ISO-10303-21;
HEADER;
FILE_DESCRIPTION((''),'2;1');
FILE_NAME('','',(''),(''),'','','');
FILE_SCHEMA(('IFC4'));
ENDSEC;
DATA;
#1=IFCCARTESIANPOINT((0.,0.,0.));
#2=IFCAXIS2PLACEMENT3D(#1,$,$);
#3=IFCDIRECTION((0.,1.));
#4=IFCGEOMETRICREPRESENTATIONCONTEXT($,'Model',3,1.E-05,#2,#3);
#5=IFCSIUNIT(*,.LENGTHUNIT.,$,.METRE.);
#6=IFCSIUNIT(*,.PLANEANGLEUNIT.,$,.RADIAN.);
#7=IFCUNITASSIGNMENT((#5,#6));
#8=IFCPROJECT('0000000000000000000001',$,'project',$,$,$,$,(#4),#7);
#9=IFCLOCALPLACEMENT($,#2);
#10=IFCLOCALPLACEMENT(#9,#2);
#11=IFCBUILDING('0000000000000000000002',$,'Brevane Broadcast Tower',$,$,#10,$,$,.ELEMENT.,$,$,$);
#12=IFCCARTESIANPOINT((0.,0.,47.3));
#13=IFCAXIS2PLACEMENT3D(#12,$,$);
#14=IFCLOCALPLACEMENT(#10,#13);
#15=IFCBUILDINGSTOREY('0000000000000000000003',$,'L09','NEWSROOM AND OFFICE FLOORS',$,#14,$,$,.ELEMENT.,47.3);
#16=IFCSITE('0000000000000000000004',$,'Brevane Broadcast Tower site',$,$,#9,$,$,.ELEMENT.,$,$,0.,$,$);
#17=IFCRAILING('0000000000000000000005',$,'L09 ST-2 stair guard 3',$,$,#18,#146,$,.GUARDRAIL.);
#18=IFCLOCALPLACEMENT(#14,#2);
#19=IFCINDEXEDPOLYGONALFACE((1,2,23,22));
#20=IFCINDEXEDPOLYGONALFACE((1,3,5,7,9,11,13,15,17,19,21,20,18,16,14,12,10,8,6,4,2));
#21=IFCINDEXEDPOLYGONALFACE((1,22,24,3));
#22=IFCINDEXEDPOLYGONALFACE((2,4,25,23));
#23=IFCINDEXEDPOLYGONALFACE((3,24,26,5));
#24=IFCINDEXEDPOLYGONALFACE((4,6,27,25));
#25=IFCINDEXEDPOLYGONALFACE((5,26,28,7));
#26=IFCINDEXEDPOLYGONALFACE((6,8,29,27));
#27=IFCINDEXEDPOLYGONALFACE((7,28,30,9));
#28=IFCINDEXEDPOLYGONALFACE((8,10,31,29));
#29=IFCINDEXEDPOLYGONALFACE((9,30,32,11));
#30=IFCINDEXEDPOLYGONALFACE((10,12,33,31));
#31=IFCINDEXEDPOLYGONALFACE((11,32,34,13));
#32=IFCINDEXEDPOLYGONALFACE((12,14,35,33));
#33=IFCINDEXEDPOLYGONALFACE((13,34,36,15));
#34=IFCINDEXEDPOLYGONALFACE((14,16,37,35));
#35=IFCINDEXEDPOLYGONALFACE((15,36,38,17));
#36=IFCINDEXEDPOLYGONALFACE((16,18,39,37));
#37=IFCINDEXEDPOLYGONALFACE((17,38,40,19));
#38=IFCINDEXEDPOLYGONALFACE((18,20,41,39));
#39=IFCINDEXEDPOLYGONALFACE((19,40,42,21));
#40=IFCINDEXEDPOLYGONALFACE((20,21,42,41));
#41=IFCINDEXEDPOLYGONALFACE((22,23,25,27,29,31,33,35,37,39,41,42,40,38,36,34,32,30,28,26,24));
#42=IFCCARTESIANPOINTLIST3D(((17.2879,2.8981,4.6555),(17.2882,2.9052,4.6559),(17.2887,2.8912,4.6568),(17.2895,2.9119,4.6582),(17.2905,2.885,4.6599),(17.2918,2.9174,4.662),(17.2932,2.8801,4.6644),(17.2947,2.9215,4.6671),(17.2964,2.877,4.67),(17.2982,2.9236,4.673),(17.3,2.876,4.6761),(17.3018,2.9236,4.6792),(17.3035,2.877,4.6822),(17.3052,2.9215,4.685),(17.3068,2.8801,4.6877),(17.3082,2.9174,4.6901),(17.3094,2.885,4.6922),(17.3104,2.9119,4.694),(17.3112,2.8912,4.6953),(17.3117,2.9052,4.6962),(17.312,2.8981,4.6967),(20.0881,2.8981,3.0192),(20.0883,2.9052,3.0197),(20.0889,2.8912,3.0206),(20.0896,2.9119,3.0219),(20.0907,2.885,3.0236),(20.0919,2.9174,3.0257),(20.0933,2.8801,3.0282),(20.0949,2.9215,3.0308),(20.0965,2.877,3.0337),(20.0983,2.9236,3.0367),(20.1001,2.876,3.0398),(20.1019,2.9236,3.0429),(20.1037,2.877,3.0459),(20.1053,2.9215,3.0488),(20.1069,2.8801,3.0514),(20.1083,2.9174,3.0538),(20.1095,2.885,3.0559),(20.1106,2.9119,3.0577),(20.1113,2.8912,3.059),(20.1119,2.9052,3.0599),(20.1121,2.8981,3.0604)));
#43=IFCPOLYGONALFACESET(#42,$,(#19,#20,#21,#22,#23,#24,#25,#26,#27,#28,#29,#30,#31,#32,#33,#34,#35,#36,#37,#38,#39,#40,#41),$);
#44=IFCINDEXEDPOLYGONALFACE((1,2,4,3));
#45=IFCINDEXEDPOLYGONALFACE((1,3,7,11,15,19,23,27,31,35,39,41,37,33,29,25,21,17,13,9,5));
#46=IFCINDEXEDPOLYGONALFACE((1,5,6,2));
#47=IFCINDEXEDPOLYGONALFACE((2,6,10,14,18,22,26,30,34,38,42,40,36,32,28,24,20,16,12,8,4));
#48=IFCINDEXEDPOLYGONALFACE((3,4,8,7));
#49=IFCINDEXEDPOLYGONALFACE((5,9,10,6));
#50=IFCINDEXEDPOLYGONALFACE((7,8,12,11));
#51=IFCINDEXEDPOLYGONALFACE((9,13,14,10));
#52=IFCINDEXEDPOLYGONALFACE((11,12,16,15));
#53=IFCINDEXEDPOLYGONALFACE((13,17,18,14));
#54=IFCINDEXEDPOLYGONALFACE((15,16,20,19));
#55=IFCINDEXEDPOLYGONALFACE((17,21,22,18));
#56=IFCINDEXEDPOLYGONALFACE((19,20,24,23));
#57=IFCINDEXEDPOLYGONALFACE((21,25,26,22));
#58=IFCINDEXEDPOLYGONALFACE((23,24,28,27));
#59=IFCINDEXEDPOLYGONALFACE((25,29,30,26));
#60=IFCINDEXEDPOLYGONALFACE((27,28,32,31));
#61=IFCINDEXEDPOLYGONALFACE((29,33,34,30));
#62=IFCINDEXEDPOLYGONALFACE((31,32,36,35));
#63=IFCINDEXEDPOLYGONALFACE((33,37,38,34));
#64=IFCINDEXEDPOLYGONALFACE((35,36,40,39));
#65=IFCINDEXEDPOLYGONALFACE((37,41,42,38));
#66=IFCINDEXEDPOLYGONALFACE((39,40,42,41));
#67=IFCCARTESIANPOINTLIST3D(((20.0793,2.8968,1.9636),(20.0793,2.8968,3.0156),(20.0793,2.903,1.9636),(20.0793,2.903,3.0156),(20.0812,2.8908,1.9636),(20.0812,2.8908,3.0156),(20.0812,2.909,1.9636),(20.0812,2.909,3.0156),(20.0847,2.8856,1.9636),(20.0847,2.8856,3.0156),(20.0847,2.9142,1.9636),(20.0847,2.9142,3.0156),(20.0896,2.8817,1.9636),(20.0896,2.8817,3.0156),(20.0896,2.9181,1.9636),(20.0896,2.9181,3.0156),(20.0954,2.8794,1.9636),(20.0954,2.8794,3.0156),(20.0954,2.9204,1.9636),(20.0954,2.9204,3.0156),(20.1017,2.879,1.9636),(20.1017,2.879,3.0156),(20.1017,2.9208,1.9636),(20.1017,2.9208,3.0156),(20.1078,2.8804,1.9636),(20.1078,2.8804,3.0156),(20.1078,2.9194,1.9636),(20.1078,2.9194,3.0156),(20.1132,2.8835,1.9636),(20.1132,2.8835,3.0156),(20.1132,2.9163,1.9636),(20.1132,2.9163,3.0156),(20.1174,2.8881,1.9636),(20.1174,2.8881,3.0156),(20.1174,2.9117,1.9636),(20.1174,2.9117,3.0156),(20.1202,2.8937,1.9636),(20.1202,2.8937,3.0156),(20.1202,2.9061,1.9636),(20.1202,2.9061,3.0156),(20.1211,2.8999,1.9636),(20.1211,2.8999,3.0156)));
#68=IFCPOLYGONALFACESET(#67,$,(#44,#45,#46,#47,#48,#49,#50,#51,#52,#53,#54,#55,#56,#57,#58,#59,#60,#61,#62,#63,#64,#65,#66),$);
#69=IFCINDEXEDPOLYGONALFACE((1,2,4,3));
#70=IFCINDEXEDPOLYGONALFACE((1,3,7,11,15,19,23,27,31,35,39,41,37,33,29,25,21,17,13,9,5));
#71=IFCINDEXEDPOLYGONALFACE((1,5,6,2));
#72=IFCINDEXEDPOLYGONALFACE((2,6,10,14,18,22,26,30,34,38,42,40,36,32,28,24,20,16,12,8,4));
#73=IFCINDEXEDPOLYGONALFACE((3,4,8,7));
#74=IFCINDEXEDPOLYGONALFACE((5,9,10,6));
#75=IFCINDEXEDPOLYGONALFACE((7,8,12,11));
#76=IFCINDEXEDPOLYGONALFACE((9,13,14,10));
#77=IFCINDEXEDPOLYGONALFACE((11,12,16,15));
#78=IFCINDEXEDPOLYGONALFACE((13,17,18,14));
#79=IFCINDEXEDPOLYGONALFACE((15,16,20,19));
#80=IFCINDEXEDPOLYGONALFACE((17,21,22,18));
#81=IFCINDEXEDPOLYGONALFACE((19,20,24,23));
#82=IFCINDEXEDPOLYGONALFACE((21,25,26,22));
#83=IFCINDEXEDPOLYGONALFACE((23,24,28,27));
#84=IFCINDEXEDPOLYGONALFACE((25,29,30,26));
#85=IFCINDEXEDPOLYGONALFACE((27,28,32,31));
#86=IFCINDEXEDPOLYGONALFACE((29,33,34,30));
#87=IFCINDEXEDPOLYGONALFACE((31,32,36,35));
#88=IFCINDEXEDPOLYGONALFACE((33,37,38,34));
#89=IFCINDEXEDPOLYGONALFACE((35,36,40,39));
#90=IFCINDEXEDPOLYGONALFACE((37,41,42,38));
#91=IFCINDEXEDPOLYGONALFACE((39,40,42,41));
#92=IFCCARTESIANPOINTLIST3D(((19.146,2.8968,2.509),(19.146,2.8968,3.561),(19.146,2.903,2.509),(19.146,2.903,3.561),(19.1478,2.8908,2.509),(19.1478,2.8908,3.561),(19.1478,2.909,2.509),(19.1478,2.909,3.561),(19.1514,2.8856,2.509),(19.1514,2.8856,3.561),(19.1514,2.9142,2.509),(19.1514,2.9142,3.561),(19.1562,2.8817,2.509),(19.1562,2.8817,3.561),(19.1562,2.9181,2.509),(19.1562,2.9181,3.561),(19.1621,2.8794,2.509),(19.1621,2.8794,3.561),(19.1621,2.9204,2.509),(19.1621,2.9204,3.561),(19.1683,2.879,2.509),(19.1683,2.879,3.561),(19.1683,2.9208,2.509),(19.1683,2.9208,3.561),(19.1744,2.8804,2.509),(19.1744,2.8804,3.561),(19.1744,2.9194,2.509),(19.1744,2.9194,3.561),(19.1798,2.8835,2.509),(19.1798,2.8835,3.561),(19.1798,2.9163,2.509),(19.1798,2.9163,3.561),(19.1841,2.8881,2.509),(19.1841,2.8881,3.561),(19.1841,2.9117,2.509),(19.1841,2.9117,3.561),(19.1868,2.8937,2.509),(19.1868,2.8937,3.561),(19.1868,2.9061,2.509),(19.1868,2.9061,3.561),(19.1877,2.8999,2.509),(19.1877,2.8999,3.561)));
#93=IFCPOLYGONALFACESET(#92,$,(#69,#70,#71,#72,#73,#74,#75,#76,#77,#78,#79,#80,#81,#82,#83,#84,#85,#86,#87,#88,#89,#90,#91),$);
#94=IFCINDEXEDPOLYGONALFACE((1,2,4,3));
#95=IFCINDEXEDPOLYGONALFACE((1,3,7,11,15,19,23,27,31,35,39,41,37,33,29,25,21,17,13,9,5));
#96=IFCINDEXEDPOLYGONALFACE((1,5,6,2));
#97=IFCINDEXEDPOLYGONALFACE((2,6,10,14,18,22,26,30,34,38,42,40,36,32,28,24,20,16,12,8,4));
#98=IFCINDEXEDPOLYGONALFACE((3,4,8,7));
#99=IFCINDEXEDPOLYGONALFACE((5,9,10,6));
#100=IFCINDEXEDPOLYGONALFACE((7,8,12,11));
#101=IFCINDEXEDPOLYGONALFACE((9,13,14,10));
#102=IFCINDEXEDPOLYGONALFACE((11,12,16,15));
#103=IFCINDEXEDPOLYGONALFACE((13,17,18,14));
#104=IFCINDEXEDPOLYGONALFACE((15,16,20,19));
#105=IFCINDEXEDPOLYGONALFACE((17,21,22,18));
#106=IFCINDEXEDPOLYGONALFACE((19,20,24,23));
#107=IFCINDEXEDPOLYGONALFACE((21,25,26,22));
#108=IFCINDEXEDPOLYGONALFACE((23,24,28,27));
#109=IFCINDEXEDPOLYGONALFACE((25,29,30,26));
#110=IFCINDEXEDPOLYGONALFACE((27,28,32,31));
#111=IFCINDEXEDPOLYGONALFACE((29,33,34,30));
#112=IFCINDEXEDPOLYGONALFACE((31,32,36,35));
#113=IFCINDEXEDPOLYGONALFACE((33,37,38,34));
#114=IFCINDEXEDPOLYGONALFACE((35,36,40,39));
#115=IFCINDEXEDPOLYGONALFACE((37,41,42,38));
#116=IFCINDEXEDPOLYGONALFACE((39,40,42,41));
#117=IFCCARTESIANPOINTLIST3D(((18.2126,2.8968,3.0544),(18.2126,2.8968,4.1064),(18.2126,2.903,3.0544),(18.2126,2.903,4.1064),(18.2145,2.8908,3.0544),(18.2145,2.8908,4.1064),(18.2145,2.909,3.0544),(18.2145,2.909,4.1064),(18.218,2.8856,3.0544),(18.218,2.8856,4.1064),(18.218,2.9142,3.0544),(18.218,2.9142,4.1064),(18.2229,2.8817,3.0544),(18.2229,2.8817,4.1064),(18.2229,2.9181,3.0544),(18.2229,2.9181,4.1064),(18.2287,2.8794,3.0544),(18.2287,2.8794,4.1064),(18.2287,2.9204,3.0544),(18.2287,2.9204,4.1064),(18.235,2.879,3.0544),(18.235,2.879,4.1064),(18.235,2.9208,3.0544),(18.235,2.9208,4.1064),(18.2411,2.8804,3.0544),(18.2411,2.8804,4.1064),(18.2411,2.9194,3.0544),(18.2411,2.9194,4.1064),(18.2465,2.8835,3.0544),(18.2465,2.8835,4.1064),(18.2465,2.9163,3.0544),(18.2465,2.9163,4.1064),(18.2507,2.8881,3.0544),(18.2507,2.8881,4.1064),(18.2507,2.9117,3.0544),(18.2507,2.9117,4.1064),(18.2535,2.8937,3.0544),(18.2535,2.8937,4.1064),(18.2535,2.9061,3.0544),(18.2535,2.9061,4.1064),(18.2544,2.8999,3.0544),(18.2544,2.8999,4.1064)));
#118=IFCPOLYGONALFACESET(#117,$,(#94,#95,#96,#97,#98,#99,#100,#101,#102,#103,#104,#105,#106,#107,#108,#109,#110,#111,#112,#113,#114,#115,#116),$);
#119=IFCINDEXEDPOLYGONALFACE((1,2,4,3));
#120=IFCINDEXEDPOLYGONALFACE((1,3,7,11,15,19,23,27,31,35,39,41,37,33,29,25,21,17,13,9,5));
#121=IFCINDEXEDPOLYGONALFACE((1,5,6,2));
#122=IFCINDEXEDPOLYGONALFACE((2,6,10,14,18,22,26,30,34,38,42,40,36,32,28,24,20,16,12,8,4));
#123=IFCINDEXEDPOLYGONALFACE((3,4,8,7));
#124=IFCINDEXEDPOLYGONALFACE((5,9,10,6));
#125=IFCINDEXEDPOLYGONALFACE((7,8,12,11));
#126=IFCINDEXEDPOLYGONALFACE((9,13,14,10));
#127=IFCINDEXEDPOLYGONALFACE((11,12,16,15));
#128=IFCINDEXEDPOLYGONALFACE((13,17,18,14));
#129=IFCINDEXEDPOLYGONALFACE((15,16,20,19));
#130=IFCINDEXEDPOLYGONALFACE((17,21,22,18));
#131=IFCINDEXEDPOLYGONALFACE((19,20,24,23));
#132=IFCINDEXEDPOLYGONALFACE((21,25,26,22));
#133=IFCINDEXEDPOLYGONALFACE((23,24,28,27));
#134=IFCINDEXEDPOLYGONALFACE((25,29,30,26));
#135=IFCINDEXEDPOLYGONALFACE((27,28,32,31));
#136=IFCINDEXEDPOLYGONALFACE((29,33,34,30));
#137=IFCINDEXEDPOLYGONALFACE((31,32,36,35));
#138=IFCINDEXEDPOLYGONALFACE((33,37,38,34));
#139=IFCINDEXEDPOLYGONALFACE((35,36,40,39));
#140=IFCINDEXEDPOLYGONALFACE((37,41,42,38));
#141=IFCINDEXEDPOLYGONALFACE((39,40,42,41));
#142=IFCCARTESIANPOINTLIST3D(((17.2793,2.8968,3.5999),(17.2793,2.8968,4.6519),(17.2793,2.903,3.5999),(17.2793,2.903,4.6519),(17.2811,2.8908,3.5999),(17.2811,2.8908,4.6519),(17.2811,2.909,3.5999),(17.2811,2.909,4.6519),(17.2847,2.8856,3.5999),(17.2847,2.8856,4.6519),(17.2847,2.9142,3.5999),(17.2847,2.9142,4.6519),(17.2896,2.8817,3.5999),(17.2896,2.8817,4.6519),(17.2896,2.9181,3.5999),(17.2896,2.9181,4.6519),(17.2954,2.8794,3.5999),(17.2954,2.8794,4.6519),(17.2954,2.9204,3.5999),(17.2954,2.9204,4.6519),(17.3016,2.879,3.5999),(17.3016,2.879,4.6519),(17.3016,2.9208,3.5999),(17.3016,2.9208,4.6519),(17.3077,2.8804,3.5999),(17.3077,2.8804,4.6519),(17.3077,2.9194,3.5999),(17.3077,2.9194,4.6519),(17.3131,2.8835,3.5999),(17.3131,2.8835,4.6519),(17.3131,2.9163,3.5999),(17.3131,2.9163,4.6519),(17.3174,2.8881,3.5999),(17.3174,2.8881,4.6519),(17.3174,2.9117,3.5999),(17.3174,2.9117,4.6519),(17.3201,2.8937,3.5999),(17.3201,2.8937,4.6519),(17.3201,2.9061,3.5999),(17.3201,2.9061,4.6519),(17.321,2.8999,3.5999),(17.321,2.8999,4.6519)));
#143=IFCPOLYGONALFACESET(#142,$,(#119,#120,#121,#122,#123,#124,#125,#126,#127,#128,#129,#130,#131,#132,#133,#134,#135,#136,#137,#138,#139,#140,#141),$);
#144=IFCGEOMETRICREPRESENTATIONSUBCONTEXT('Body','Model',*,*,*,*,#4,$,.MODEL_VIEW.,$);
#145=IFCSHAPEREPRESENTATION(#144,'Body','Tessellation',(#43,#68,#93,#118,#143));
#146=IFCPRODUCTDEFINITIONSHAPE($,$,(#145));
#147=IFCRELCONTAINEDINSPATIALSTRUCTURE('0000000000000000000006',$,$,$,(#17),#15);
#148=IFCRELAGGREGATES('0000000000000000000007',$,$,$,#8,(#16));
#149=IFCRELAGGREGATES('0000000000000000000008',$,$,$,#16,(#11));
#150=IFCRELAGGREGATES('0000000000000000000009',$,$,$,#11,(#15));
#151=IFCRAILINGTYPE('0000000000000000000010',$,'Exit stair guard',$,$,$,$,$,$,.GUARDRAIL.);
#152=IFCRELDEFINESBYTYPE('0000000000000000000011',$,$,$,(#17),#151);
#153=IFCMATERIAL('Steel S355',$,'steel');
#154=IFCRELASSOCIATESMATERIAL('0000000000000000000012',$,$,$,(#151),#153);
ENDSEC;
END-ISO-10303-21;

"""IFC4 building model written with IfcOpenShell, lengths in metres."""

from ifc_helpers import new_model, si_unit, direction, frame, origin, origin_2d, place, context, subcontext, project, spatial, circle, extrude, material, type_object, element, save


model = new_model("IFC4")

# Units and contexts
model_context = context("Model", 3, precision=1e-05, world=origin(), true_north=direction((0.0, 1.0)))
body_context = subcontext(model_context, "Body", "Model", "MODEL_VIEW")
ifc_project = project(units=[si_unit("LENGTHUNIT", "METRE"), si_unit("PLANEANGLEUNIT", "RADIAN")], contexts=[model_context])

# Site, building, storey
site_placement = place(None, origin())
site = spatial("IfcSite", under=ifc_project, at=site_placement, Name="Brevane Broadcast Tower site", CompositionType="ELEMENT", RefElevation=0.0)
building_placement = place(site_placement, origin())
building = spatial("IfcBuilding", under=site, at=building_placement, Name="Brevane Broadcast Tower", CompositionType="ELEMENT")
storey_placement = place(building_placement, frame((0.0, 0.0, 47.3)))
storey = spatial("IfcBuildingStorey", under=building, at=storey_placement, Name="L09", Description="NEWSROOM AND OFFICE FLOORS", CompositionType="ELEMENT", Elevation=47.3)

# Railing
ifc_material_1 = material(Name="Steel S355", Category="steel")
railing_type_1 = type_object("IfcRailingType", Name="Exit stair guard", PredefinedType="GUARDRAIL", material=ifc_material_1)
railing_1_placement = place(storey_placement, frame((20.1001, 2.8999, 1.9636)))
element("IfcRailing", 1, at=railing_1_placement, inside=storey, type_object=railing_type_1, Name="L09 ST-2 stair guard 3", PredefinedType="GUARDRAIL", context=body_context, shape_type="SweptSolid", body=[
    extrude(circle(Radius=0.0239, at=origin_2d()), frame((0.0, 0.0, 1.0762), z_axis=(-0.863394, 0.0, 0.504531), x_axis=(0.0, -1.0, 0.0)), (0.0, 0.0, 1.0), 3.2432),
    extrude(circle(Radius=0.021, at=origin_2d()), origin(), (0.0, 0.0, 1.0), 1.052),
    extrude(circle(Radius=0.021, at=origin_2d()), frame((-0.9333, 0.0, 0.5454)), (0.0, 0.0, 1.0), 1.052),
    extrude(circle(Radius=0.021, at=origin_2d()), frame((-1.8667, 0.0, 1.0908)), (0.0, 0.0, 1.0), 1.052),
    extrude(circle(Radius=0.021, at=origin_2d()), frame((-2.8, 0.0, 1.6362)), (0.0, 0.0, 1.0), 1.052),
])

save(model, "model.ifc")
